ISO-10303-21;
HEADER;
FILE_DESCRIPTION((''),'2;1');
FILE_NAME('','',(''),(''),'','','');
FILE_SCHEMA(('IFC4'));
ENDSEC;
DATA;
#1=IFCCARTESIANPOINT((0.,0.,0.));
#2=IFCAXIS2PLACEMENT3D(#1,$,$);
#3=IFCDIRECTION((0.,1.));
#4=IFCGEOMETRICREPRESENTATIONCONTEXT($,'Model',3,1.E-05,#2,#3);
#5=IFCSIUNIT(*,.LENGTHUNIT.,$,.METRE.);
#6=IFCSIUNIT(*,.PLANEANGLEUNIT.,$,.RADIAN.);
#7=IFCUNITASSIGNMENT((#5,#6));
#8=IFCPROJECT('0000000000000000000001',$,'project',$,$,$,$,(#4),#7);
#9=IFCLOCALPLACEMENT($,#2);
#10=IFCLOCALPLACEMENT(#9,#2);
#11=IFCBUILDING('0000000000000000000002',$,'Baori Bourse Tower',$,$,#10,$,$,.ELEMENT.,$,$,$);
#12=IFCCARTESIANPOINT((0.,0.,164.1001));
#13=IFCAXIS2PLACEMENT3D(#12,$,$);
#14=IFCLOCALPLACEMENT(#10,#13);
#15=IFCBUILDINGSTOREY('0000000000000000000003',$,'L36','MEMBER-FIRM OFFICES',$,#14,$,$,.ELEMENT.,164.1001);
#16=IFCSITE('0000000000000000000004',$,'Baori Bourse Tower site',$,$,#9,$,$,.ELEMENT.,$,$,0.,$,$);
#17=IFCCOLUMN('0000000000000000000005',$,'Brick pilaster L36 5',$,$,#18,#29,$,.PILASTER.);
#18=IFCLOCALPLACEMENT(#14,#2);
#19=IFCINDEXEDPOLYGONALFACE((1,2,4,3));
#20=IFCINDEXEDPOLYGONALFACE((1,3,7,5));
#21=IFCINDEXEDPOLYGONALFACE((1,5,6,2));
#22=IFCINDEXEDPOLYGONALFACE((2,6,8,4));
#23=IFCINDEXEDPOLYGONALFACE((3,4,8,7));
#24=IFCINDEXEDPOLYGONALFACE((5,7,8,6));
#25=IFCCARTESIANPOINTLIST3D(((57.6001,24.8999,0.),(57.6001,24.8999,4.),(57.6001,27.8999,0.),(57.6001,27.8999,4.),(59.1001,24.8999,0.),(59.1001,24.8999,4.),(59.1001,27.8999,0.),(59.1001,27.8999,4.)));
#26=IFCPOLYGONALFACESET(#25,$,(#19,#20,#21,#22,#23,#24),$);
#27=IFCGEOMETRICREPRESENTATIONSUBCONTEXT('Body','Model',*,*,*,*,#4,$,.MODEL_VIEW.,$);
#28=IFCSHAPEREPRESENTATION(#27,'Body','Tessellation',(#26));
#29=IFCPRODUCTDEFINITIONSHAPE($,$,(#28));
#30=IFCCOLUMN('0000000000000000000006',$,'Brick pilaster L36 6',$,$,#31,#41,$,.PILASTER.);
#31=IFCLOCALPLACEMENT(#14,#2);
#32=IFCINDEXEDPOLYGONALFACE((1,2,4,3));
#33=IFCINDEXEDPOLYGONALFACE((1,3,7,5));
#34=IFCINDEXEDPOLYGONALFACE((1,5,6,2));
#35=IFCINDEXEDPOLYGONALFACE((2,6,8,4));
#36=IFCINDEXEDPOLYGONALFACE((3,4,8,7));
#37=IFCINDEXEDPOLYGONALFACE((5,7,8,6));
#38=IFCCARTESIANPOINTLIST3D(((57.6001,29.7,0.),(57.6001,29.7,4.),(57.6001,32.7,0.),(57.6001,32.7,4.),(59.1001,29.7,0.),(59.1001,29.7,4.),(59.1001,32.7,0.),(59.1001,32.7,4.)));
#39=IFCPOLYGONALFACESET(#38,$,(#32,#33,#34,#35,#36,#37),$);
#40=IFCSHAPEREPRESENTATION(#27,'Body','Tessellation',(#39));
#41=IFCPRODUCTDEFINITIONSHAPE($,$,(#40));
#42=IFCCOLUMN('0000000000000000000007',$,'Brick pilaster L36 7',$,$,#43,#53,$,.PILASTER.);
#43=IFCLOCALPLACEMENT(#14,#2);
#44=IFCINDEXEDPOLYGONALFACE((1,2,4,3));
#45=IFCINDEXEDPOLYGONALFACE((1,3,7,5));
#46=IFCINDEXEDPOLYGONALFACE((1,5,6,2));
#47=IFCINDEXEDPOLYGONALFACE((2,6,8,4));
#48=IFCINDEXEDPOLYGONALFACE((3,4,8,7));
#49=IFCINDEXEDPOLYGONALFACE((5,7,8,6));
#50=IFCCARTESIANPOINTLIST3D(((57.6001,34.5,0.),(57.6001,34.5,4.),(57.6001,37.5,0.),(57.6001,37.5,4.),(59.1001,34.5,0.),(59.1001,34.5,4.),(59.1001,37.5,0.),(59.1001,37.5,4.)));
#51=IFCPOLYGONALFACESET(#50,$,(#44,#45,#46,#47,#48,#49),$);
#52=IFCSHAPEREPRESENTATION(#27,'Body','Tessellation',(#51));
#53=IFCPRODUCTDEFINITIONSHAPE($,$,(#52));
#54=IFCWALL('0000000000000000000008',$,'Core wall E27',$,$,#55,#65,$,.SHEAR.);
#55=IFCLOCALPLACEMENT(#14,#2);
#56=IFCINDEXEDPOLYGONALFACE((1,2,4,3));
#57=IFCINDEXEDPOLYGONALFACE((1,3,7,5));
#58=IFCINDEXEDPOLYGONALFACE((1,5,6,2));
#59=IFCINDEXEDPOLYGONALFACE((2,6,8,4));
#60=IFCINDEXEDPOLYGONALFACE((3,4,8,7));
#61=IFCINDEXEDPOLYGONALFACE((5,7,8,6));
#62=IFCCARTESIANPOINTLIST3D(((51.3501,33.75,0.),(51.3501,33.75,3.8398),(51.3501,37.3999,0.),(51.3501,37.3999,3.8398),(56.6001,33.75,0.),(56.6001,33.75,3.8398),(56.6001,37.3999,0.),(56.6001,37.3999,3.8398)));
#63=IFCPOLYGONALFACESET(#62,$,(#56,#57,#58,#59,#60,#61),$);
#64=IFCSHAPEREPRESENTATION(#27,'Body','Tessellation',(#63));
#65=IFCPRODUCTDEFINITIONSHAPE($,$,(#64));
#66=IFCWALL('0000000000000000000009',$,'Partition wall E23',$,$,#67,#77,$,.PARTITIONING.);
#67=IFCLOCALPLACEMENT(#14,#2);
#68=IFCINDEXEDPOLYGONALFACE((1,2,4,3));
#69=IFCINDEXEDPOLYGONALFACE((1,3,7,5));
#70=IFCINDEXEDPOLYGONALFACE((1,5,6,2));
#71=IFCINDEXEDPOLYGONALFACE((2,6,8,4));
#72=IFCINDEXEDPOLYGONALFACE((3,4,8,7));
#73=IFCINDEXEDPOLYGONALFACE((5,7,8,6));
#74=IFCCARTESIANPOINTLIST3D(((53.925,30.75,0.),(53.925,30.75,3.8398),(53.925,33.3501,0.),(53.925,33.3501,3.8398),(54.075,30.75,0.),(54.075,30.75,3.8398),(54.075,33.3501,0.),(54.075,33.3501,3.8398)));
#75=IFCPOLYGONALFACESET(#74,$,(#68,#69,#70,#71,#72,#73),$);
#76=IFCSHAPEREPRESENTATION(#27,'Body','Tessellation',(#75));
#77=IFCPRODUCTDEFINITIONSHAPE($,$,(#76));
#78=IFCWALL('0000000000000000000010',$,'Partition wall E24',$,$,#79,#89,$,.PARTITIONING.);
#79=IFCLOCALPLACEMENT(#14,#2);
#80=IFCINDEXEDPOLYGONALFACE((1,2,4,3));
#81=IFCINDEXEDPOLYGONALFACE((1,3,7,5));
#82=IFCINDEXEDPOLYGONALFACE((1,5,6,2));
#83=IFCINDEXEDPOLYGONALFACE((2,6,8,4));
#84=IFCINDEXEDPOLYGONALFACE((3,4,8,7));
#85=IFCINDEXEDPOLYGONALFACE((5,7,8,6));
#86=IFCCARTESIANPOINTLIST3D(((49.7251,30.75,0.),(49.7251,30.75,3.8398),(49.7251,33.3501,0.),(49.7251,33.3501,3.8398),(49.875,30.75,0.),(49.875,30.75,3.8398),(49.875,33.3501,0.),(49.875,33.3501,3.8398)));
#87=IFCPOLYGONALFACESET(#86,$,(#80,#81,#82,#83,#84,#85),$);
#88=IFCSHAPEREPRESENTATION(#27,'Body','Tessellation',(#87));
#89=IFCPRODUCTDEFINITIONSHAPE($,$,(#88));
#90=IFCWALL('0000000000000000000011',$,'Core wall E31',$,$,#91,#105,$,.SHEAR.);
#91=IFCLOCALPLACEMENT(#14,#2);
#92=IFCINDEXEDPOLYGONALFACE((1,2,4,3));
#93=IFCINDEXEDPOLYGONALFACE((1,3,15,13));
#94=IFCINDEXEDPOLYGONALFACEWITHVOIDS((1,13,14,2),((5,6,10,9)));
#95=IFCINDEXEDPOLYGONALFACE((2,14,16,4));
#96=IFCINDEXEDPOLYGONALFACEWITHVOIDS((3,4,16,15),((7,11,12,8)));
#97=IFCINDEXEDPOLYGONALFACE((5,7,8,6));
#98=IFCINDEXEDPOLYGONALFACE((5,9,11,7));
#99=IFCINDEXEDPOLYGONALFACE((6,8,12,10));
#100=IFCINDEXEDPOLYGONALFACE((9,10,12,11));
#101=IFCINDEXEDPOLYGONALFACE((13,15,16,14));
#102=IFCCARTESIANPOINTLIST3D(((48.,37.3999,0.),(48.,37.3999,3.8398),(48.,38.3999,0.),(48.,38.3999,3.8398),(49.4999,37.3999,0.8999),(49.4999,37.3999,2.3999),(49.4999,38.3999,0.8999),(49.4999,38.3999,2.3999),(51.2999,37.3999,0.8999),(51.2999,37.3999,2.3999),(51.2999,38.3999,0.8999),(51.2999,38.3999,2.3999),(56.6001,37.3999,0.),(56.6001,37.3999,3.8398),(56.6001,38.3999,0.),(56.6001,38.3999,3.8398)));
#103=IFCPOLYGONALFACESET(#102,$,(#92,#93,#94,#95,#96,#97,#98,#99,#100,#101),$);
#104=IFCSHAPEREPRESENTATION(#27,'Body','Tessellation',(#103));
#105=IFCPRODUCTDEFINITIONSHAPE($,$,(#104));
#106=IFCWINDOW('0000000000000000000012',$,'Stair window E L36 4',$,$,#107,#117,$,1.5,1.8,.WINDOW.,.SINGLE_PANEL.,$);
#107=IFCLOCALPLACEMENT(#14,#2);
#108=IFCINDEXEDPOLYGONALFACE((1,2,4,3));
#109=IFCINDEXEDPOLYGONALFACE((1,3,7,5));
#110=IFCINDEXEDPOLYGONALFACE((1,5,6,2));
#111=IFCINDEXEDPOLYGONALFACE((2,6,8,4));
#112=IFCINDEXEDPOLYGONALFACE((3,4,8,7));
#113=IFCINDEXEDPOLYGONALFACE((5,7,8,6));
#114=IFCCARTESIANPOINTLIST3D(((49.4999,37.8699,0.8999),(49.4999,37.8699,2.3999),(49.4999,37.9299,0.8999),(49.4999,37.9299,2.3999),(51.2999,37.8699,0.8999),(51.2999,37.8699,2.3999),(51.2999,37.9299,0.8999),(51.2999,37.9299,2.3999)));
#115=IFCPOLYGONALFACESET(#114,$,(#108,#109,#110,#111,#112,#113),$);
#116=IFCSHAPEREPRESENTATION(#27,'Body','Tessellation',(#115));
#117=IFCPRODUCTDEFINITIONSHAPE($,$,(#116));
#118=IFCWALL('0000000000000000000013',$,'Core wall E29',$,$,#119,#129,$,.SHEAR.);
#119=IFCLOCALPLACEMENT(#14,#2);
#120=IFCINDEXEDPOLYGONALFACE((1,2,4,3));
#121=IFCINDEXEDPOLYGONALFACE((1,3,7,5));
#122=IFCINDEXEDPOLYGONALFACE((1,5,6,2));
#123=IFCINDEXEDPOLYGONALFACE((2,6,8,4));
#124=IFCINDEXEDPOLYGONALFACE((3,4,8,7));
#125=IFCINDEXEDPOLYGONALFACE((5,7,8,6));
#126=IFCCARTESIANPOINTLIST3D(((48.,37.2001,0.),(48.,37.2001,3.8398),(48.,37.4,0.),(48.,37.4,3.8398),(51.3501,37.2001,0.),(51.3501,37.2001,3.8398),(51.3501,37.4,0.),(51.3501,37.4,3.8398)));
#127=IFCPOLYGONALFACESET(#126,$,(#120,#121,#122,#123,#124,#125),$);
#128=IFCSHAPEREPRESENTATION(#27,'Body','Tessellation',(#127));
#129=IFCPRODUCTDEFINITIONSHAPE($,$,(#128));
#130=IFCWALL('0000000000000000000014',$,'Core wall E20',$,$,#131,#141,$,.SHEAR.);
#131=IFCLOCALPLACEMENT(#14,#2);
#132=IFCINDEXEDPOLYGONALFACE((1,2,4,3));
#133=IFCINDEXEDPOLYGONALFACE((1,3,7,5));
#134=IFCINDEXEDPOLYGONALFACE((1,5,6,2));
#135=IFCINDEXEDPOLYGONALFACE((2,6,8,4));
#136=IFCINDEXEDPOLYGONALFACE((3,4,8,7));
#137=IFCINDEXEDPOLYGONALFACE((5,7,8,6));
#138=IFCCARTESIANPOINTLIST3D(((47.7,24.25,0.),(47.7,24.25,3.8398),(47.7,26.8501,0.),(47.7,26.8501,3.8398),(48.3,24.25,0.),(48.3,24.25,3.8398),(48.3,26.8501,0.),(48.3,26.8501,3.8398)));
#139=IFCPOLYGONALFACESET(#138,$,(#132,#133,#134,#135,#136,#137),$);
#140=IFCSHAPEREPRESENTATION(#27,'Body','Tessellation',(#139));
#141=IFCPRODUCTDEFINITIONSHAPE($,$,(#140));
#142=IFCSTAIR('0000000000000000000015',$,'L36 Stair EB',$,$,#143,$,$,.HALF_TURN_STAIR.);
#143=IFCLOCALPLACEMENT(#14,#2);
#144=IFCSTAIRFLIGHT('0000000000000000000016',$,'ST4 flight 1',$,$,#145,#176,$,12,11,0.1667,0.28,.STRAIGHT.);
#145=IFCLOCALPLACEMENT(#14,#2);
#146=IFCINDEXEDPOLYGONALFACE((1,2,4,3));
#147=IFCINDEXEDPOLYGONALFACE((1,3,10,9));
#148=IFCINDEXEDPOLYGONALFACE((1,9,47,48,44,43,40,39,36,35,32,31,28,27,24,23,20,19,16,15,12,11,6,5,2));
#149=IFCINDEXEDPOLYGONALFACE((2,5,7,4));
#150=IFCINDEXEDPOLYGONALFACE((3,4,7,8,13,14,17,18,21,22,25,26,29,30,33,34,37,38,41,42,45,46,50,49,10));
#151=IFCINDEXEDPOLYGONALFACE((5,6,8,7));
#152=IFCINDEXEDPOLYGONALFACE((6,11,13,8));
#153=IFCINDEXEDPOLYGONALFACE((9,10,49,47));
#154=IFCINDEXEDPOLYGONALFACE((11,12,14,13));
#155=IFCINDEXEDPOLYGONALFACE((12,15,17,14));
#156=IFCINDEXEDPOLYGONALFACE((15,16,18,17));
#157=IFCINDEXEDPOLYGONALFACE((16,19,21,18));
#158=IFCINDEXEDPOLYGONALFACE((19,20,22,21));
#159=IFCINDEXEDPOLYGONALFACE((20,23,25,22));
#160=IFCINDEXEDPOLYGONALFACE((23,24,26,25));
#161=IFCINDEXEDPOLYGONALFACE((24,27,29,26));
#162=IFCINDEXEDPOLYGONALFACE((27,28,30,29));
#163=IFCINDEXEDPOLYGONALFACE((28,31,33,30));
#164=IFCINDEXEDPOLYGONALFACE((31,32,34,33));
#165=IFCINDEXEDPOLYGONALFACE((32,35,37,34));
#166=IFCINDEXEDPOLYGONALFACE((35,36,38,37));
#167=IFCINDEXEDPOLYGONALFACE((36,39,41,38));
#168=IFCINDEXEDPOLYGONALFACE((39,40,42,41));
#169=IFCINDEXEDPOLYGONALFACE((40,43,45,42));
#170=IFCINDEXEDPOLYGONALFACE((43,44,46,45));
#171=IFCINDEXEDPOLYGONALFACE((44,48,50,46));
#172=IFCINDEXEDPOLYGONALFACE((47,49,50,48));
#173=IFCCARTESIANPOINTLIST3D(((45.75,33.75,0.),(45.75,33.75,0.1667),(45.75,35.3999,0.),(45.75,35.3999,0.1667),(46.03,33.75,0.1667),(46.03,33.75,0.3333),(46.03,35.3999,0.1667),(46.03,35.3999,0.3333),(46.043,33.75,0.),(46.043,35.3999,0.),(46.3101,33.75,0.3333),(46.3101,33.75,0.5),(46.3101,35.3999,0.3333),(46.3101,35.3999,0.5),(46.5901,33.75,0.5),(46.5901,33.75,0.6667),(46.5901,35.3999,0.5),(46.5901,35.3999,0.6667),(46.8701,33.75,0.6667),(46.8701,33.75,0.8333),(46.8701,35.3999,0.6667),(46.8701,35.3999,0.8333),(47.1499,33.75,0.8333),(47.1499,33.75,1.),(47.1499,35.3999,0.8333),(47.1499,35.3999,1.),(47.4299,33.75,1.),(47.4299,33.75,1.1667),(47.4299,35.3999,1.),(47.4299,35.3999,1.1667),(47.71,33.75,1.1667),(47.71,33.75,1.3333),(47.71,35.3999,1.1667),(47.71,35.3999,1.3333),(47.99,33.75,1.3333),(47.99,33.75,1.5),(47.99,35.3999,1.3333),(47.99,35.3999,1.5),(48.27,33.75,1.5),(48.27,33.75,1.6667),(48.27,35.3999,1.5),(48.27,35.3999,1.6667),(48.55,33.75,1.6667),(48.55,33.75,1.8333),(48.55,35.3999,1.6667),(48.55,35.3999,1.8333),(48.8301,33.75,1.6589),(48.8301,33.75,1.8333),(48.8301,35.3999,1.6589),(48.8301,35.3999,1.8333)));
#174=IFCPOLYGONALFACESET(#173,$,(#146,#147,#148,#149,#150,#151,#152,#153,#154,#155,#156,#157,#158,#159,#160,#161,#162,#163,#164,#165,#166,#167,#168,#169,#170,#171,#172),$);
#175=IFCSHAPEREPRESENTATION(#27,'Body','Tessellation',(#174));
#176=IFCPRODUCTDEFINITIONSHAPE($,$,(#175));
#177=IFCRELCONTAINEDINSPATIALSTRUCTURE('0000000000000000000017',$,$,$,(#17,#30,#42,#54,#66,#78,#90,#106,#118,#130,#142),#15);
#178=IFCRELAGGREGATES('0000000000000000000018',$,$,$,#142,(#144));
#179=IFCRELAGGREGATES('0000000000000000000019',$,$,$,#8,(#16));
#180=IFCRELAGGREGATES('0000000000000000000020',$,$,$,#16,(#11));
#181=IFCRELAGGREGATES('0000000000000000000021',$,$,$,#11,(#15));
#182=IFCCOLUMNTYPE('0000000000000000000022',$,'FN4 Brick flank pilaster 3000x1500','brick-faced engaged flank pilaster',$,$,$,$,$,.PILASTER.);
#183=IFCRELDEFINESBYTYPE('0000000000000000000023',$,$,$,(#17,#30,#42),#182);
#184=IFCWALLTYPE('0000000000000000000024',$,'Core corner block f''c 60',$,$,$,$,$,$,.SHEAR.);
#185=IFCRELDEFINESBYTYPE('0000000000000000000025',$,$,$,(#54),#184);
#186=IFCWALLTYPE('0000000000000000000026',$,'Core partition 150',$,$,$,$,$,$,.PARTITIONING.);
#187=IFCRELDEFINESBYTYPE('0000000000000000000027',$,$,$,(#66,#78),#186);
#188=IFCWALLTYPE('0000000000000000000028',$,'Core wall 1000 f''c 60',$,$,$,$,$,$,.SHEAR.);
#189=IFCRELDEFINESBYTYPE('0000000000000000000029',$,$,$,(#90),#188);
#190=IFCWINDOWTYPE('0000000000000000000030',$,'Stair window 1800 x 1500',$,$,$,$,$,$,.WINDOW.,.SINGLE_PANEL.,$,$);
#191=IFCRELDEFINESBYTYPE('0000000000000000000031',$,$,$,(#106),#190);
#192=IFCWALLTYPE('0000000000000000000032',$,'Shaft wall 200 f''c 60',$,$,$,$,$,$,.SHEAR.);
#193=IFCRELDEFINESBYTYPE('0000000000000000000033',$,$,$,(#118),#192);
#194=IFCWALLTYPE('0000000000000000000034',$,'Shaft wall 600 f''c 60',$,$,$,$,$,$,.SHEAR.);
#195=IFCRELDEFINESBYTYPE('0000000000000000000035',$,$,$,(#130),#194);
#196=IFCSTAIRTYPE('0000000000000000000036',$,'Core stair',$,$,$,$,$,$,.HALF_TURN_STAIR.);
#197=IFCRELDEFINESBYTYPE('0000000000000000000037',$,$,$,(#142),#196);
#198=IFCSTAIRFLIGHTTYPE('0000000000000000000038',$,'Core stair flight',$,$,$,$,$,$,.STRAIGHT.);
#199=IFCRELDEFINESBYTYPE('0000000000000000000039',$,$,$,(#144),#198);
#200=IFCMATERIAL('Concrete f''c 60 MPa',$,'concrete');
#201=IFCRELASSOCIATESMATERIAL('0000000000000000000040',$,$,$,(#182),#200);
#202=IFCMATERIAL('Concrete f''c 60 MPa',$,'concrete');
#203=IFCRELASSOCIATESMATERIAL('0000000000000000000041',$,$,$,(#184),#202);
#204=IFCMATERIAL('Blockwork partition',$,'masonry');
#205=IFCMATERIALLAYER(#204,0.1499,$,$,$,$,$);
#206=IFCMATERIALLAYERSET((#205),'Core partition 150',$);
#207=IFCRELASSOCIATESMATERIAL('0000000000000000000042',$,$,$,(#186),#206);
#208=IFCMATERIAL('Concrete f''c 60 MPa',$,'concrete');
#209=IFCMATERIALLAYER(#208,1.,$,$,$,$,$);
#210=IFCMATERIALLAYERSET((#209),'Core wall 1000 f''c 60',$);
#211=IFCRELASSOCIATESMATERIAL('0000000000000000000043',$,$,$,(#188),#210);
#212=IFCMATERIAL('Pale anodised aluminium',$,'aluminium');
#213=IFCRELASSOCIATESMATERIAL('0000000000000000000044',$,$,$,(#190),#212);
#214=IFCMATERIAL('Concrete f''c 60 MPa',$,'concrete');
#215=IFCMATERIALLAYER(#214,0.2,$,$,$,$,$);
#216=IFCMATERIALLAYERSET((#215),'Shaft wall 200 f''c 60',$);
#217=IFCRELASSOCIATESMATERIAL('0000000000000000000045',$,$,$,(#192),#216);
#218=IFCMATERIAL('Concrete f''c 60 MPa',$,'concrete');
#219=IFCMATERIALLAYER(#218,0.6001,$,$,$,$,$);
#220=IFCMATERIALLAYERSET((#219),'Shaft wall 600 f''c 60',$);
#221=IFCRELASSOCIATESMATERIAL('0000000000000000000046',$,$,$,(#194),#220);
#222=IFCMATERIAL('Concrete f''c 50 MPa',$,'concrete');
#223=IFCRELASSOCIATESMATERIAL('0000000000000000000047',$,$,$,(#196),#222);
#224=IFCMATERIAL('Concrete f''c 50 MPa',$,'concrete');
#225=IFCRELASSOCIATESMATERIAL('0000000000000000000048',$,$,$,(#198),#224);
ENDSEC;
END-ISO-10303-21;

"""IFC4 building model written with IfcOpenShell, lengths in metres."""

from ifc_helpers import new_model, si_unit, direction, frame, frame_2d, origin, origin_2d, place, context, subcontext, project, spatial, polyline, rectangle, outline, extrude, material, layer, layer_set, material_profile, profile_set, type_object, element, fill, aggregate, save


model = new_model("IFC4")

# Units and contexts
model_context = context("Model", 3, precision=1e-05, world=origin(), true_north=direction((0.0, 1.0)))
body_context = subcontext(model_context, "Body", "Model", "MODEL_VIEW")
ifc_project = project(units=[si_unit("LENGTHUNIT", "METRE"), si_unit("PLANEANGLEUNIT", "RADIAN")], contexts=[model_context])

# Site, building, storey
site_placement = place(None, origin())
site = spatial("IfcSite", under=ifc_project, at=site_placement, Name="Baori Bourse Tower site", CompositionType="ELEMENT", RefElevation=0.0)
building_placement = place(site_placement, origin())
building = spatial("IfcBuilding", under=site, at=building_placement, Name="Baori Bourse Tower", CompositionType="ELEMENT")
storey_placement = place(building_placement, frame((0.0, 0.0, 164.1001)))
storey = spatial("IfcBuildingStorey", under=building, at=storey_placement, Name="L36", Description="MEMBER-FIRM OFFICES", CompositionType="ELEMENT", Elevation=164.1001)

# Columns
ifc_material_1 = material(Name="Concrete f'c 60 MPa", Category="concrete")
ifc_material_profile = material_profile(ifc_material_1, rectangle(XDim=3.0, YDim=1.5, at=origin_2d()), Name="RC 3000x1500")
ifc_profile_set = profile_set([ifc_material_profile], Name="Concrete f'c 60 MPa")
column_type = type_object("IfcColumnType", Name="FN4 Brick flank pilaster 3000x1500", Description="brick-faced engaged flank pilaster", PredefinedType="PILASTER", material=ifc_profile_set)
for number, where, z_axis, x_axis, name in (
    (1, (58.3501, 26.3999, 0.0), (0.0, 0.0, 1.0), (0.0, 1.0, 0.0), "Brick pilaster L36 5"),
    (2, (58.3501, 31.2, 0.0), (0.0, 0.0, 1.0), (0.0, 1.0, 0.0), "Brick pilaster L36 6"),
    (3, (58.3501, 36.0, 0.0), (0.0, 0.0, 1.0), (0.0, 1.0, 0.0), "Brick pilaster L36 7"),
):
    element("IfcColumn", number, at=place(storey_placement, frame(where, z_axis=z_axis, x_axis=x_axis)), inside=storey, type_object=column_type, Name=name, PredefinedType="PILASTER", context=body_context, shape_type="SweptSolid", body=[
        extrude(rectangle(XDim=3.0, YDim=1.5, at=origin_2d()), origin(), (0.0, 0.0, 1.0), 4.0),
    ])

# Walls
ifc_material_2 = material(Name="Concrete f'c 60 MPa", Category="concrete")
wall_type_1 = type_object("IfcWallType", Name="Core corner block f'c 60", PredefinedType="SHEAR", material=ifc_material_2)
wall_1_placement = place(storey_placement, frame((51.3501, 35.575, 0.0), z_axis=(0.0, 0.0, 1.0), x_axis=(1.0, 0.0, 0.0)))
element("IfcWall", 4, at=wall_1_placement, inside=storey, type_object=wall_type_1, Name="Core wall E27", PredefinedType="SHEAR", context=body_context, shape_type="SweptSolid", body=[
    extrude(rectangle(XDim=5.25, YDim=3.6499, at=frame_2d((2.625, 0.0))), origin(), (0.0, 0.0, 1.0), 3.8398),
])
ifc_material_3 = material(Name="Blockwork partition", Category="masonry")
ifc_layer_1 = layer(ifc_material_3, 0.1499)
ifc_layer_set_1 = layer_set([ifc_layer_1], Name="Core partition 150")
wall_type_2 = type_object("IfcWallType", Name="Core partition 150", PredefinedType="PARTITIONING", material=ifc_layer_set_1)
for number, where, z_axis, x_axis, name in (
    (5, (54.0, 30.75, 0.0), (0.0, 0.0, 1.0), (0.0, 1.0, 0.0), "Partition wall E23"),
    (6, (49.8, 30.75, 0.0), (0.0, 0.0, 1.0), (0.0, 1.0, 0.0), "Partition wall E24"),
):
    element("IfcWall", number, at=place(storey_placement, frame(where, z_axis=z_axis, x_axis=x_axis)), inside=storey, type_object=wall_type_2, Name=name, PredefinedType="PARTITIONING", context=body_context, shape_type="SweptSolid", body=[
        extrude(rectangle(XDim=2.6001, YDim=0.1499, at=frame_2d((1.3, 0.0))), origin(), (0.0, 0.0, 1.0), 3.8398),
    ])

# Wall, opening, window
ifc_material_4 = material(Name="Concrete f'c 60 MPa", Category="concrete")
ifc_layer_2 = layer(ifc_material_4, 1.0)
ifc_layer_set_2 = layer_set([ifc_layer_2], Name="Core wall 1000 f'c 60")
wall_type_3 = type_object("IfcWallType", Name="Core wall 1000 f'c 60", PredefinedType="SHEAR", material=ifc_layer_set_2)
wall_2_placement = place(storey_placement, frame((48.0, 37.8999, 0.0), z_axis=(0.0, 0.0, 1.0), x_axis=(1.0, 0.0, 0.0)))
wall_2 = element("IfcWall", 7, at=wall_2_placement, inside=storey, type_object=wall_type_3, Name="Core wall E31", PredefinedType="SHEAR", context=body_context, shape_type="SweptSolid", body=[
    extrude(rectangle(XDim=8.6001, YDim=1.0, at=frame_2d((4.3, 0.0))), origin(), (0.0, 0.0, 1.0), 3.8398),
])
opening_placement = place(wall_2_placement, frame((1.5, 0.0, 0.8999)))
opening = element("IfcOpeningElement", 8, at=opening_placement, cuts=wall_2, PredefinedType="OPENING", context=body_context, shape_type="SweptSolid", body=[
    extrude(rectangle(XDim=1.8, YDim=1.5, at=frame_2d((0.8999, 0.75))), frame((0.0, 0.51, 0.0), z_axis=(0.0, -1.0, 0.0), x_axis=(1.0, 0.0, 0.0)), (0.0, 0.0, 1.0), 1.02),
])
ifc_material_5 = material(Name="Pale anodised aluminium", Category="aluminium")
window_type = type_object("IfcWindowType", Name="Stair window 1800 x 1500", PartitioningType="SINGLE_PANEL", PredefinedType="WINDOW", material=ifc_material_5)
window_placement = place(opening_placement, origin())
window = element("IfcWindow", 9, at=window_placement, inside=storey, type_object=window_type, Name="Stair window E L36 4", OverallHeight=1.5, OverallWidth=1.8, PartitioningType="SINGLE_PANEL", PredefinedType="WINDOW", context=body_context, shape_type="SweptSolid", body=[
    extrude(rectangle(XDim=1.8, YDim=1.5, at=frame_2d((0.8999, 0.75))), frame((0.0, 0.03, 0.0), z_axis=(0.0, -1.0, 0.0), x_axis=(1.0, 0.0, 0.0)), (0.0, 0.0, 1.0), 0.0601),
])
fill(opening, window)

# Walls
ifc_material_6 = material(Name="Concrete f'c 60 MPa", Category="concrete")
ifc_layer_3 = layer(ifc_material_6, 0.2)
ifc_layer_set_3 = layer_set([ifc_layer_3], Name="Shaft wall 200 f'c 60")
wall_type_4 = type_object("IfcWallType", Name="Shaft wall 200 f'c 60", PredefinedType="SHEAR", material=ifc_layer_set_3)
wall_3_placement = place(storey_placement, frame((48.0, 37.3, 0.0), z_axis=(0.0, 0.0, 1.0), x_axis=(1.0, 0.0, 0.0)))
element("IfcWall", 10, at=wall_3_placement, inside=storey, type_object=wall_type_4, Name="Core wall E29", PredefinedType="SHEAR", context=body_context, shape_type="SweptSolid", body=[
    extrude(rectangle(XDim=3.3501, YDim=0.2, at=frame_2d((1.675, 0.0))), origin(), (0.0, 0.0, 1.0), 3.8398),
])
ifc_material_7 = material(Name="Concrete f'c 60 MPa", Category="concrete")
ifc_layer_4 = layer(ifc_material_7, 0.6001)
ifc_layer_set_4 = layer_set([ifc_layer_4], Name="Shaft wall 600 f'c 60")
wall_type_5 = type_object("IfcWallType", Name="Shaft wall 600 f'c 60", PredefinedType="SHEAR", material=ifc_layer_set_4)
wall_4_placement = place(storey_placement, frame((48.0, 24.25, 0.0), z_axis=(0.0, 0.0, 1.0), x_axis=(0.0, 1.0, 0.0)))
element("IfcWall", 11, at=wall_4_placement, inside=storey, type_object=wall_type_5, Name="Core wall E20", PredefinedType="SHEAR", context=body_context, shape_type="SweptSolid", body=[
    extrude(rectangle(XDim=2.6001, YDim=0.6001, at=frame_2d((1.3, 0.0))), origin(), (0.0, 0.0, 1.0), 3.8398),
])

# Stair, stair flight
ifc_material_8 = material(Name="Concrete f'c 50 MPa", Category="concrete")
stair_type = type_object("IfcStairType", Name="Core stair", PredefinedType="HALF_TURN_STAIR", material=ifc_material_8)
stair_placement = place(storey_placement, origin())
stair = element("IfcStair", 12, at=stair_placement, inside=storey, type_object=stair_type, Name="L36 Stair EB", PredefinedType="HALF_TURN_STAIR")
ifc_material_9 = material(Name="Concrete f'c 50 MPa", Category="concrete")
stair_flight_type = type_object("IfcStairFlightType", Name="Core stair flight", PredefinedType="STRAIGHT", material=ifc_material_9)
stair_flight_1_placement = place(storey_placement, frame((45.75, 34.575, 0.0), z_axis=(0.0, 0.0, 1.0), x_axis=(1.0, 0.0, 0.0)))
stair_flight_1 = element("IfcStairFlight", 13, at=stair_flight_1_placement, type_object=stair_flight_type, Name="ST4 flight 1", NumberOfRisers=12, NumberOfTreads=11, PredefinedType="STRAIGHT", RiserHeight=0.1667, TreadLength=0.28, context=body_context, shape_type="SweptSolid", body=[
    extrude(outline(polyline([(0.0, 0.0), (0.0, 0.1667), (0.28, 0.1667), (0.28, 0.3333), (0.5601, 0.3333), (0.5601, 0.5), (0.8401, 0.5), (0.8401, 0.6667), (1.1201, 0.6667), (1.1201, 0.8333), (1.3999, 0.8333), (1.3999, 1.0), (1.6799, 1.0), (1.6799, 1.1667), (1.96, 1.1667), (1.96, 1.3333), (2.24, 1.3333), (2.24, 1.5), (2.52, 1.5), (2.52, 1.6667), (2.8, 1.6667), (2.8, 1.8333), (3.0801, 1.8333), (3.0801, 2.0), (3.0801, 1.6589), (0.293, 0.0), (0.0, 0.0)])), frame((0.0, 0.825, 0.0), z_axis=(0.0, -1.0, 0.0), x_axis=(1.0, 0.0, 0.0)), (0.0, 0.0, 1.0), 1.6499),
])
aggregate(stair, [stair_flight_1])

save(model, "model.ifc")
